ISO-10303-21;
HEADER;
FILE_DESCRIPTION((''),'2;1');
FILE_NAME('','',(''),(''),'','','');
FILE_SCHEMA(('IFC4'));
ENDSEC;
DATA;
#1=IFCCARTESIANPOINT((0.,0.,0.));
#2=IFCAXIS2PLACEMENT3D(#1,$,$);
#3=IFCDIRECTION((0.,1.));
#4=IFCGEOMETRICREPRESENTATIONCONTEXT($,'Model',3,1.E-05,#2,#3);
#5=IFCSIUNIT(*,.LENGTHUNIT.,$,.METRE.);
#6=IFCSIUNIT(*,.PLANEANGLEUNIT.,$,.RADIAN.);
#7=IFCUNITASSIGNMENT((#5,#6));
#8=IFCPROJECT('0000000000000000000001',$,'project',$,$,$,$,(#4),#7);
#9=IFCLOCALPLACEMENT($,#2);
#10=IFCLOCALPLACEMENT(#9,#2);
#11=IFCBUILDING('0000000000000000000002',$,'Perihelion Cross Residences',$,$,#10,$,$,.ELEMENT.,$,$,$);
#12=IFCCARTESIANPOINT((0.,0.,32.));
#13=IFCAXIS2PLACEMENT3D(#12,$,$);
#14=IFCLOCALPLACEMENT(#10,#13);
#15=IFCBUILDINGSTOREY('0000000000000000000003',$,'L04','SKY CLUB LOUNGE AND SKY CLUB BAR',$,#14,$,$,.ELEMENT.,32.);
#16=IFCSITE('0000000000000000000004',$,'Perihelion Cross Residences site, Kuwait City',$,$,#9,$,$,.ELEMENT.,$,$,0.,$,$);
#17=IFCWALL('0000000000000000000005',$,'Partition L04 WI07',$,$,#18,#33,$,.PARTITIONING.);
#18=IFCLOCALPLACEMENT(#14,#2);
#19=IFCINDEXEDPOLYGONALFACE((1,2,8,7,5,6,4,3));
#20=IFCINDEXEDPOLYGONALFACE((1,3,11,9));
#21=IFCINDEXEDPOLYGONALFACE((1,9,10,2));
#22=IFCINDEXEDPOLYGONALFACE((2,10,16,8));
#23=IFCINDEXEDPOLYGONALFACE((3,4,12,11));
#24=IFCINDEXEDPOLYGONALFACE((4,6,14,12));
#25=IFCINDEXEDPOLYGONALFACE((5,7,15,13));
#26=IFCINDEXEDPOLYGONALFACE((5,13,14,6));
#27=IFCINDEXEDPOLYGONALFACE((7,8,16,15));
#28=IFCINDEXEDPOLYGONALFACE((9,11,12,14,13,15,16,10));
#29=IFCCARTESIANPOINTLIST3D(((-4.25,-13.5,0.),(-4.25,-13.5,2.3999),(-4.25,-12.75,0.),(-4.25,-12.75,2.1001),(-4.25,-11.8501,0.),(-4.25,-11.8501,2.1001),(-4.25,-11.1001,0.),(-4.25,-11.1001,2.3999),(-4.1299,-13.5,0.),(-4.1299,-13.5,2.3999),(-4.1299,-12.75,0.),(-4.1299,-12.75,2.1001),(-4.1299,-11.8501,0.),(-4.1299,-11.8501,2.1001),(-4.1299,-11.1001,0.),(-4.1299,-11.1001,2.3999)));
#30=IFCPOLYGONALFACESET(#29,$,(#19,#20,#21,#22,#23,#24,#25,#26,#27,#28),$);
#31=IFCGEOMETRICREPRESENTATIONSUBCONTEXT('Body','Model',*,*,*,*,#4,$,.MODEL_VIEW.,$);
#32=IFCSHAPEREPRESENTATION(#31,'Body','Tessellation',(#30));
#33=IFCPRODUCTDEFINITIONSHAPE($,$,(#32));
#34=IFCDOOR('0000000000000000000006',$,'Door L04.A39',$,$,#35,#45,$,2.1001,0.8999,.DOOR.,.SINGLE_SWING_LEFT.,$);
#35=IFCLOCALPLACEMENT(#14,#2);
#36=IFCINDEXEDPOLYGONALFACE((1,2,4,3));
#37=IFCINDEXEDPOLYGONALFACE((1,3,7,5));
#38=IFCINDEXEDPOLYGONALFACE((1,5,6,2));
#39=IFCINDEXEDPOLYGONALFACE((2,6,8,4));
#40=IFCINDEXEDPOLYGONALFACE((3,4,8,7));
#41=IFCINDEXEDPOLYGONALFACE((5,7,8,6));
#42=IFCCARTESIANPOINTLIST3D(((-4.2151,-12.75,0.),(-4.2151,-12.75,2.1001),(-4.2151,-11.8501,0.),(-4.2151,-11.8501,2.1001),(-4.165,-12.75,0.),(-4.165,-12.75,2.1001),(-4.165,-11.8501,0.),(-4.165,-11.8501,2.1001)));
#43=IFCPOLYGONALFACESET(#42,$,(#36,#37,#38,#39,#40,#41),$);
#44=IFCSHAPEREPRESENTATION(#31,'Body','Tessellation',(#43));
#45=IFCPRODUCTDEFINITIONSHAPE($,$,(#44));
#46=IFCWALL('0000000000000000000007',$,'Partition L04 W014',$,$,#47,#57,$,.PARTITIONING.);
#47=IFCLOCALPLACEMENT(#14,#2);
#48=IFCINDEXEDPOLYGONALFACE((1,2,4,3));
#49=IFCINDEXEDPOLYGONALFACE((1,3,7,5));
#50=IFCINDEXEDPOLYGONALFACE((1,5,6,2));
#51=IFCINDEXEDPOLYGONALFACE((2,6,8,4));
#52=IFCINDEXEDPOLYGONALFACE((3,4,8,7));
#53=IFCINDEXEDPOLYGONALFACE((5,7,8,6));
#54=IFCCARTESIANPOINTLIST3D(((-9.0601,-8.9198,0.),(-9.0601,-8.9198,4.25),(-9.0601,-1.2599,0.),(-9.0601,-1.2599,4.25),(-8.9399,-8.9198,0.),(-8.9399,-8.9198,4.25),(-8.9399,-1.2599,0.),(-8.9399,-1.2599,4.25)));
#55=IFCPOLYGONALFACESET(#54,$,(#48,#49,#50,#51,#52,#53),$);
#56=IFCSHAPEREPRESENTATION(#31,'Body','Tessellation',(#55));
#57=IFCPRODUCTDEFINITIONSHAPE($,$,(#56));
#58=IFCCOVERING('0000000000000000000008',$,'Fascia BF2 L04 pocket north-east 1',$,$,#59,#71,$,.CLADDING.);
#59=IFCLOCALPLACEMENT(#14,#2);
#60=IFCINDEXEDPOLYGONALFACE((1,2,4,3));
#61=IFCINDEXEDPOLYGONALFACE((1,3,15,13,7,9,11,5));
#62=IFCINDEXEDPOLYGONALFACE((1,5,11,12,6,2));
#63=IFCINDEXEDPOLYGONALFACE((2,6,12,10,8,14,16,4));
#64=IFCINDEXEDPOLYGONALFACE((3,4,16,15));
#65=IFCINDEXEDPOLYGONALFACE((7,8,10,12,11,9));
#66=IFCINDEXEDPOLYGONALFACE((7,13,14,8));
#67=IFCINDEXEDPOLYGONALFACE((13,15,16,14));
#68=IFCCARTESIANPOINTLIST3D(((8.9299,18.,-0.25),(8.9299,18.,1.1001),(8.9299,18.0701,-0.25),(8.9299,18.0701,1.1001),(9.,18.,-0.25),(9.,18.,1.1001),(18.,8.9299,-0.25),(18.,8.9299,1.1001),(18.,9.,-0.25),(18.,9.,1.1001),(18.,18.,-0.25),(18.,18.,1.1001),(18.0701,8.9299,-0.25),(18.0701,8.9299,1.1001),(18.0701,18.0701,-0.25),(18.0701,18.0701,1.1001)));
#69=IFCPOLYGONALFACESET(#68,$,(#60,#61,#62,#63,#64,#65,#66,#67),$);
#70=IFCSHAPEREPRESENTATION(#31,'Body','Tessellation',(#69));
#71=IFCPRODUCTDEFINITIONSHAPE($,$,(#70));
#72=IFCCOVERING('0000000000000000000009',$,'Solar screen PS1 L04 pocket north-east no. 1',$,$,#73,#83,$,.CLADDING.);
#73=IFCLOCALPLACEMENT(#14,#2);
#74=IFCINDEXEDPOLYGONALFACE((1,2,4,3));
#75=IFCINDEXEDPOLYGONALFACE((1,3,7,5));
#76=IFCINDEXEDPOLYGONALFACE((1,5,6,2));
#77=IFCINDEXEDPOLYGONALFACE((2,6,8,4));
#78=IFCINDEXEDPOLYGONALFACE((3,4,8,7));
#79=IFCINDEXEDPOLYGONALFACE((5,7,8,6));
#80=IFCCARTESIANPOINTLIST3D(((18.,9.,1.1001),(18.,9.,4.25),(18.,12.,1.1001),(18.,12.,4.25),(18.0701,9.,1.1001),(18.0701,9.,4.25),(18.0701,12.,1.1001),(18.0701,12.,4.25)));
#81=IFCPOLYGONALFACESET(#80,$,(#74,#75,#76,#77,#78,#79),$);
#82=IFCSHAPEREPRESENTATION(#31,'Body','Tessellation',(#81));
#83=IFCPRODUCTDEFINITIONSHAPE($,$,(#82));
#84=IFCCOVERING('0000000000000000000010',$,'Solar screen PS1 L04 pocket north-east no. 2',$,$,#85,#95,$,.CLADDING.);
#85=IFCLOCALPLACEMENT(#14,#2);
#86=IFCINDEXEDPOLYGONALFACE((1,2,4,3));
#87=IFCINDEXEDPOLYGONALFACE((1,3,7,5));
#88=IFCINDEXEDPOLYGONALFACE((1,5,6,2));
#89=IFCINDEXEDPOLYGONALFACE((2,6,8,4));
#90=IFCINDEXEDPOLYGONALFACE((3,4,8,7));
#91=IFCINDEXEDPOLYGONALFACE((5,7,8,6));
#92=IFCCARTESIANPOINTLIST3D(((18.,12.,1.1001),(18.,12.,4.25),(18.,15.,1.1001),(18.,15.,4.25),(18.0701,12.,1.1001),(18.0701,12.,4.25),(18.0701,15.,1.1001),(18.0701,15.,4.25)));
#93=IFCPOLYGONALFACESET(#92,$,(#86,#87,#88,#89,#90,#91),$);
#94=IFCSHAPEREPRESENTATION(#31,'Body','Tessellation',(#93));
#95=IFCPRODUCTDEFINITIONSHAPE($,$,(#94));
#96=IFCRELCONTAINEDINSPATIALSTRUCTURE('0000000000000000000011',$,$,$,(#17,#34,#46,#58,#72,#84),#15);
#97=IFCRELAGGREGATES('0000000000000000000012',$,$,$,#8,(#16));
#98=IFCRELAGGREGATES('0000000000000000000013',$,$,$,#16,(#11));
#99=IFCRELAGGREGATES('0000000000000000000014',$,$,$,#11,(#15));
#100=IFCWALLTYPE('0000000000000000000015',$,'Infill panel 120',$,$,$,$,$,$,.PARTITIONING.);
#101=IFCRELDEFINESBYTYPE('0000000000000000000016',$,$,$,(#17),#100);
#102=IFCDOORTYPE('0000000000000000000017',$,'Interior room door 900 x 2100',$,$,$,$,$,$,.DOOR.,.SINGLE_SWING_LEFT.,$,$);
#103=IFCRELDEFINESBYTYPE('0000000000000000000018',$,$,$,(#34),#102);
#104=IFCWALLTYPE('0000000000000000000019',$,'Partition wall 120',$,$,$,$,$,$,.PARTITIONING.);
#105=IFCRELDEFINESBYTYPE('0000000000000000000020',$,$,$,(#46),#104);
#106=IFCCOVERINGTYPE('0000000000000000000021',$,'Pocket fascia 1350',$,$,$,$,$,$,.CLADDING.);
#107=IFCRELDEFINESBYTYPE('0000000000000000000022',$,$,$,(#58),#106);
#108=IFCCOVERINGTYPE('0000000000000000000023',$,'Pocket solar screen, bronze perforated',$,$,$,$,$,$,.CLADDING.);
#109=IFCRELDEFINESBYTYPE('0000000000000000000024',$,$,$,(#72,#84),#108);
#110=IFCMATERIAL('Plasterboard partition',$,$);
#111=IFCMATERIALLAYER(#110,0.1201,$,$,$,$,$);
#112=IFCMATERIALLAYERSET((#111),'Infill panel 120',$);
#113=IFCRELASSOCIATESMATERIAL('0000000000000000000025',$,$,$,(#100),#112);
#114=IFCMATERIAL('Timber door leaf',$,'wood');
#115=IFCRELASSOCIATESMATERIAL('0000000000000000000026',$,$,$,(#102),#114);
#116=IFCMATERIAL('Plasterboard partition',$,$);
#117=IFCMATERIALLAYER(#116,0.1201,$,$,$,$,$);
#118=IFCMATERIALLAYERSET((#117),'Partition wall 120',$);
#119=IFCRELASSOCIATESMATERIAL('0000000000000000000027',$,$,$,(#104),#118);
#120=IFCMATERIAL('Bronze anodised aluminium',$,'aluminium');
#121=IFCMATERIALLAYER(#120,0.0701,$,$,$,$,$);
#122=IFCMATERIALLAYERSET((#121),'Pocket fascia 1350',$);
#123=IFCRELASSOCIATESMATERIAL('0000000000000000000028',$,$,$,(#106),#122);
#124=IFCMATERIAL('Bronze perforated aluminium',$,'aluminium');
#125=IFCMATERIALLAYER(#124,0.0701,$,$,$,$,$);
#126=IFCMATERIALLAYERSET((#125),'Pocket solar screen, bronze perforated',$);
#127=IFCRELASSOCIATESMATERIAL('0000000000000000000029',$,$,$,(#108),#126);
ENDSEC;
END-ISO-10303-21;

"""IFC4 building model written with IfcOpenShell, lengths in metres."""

from ifc_helpers import new_model, si_unit, direction, frame, frame_2d, origin, place, context, subcontext, project, spatial, polyline, rectangle, outline, extrude, material, layer, layer_set, type_object, element, fill, save


model = new_model("IFC4")

# Units and contexts
model_context = context("Model", 3, precision=1e-05, world=origin(), true_north=direction((0.0, 1.0)))
body_context = subcontext(model_context, "Body", "Model", "MODEL_VIEW")
ifc_project = project(units=[si_unit("LENGTHUNIT", "METRE"), si_unit("PLANEANGLEUNIT", "RADIAN")], contexts=[model_context])

# Site, building, storey
site_placement = place(None, origin())
site = spatial("IfcSite", under=ifc_project, at=site_placement, Name="Perihelion Cross Residences site, Kuwait City", CompositionType="ELEMENT", RefElevation=0.0)
building_placement = place(site_placement, origin())
building = spatial("IfcBuilding", under=site, at=building_placement, Name="Perihelion Cross Residences", CompositionType="ELEMENT")
storey_placement = place(building_placement, frame((0.0, 0.0, 32.0)))
storey = spatial("IfcBuildingStorey", under=building, at=storey_placement, Name="L04", Description="SKY CLUB LOUNGE AND SKY CLUB BAR", CompositionType="ELEMENT", Elevation=32.0)

# Wall, opening, door
ifc_material_1 = material(Name="Plasterboard partition")
ifc_layer_1 = layer(ifc_material_1, 0.1201)
ifc_layer_set_1 = layer_set([ifc_layer_1], Name="Infill panel 120")
wall_type_1 = type_object("IfcWallType", Name="Infill panel 120", PredefinedType="PARTITIONING", material=ifc_layer_set_1)
wall_1_placement = place(storey_placement, frame((-4.1899, -11.1001, 0.0), z_axis=(0.0, 0.0, 1.0), x_axis=(0.0, -1.0, 0.0)))
wall_1 = element("IfcWall", 1, at=wall_1_placement, inside=storey, type_object=wall_type_1, Name="Partition L04 WI07", PredefinedType="PARTITIONING", context=body_context, shape_type="SweptSolid", body=[
    extrude(rectangle(XDim=2.3999, YDim=0.1201, at=frame_2d((1.2, 0.0))), origin(), (0.0, 0.0, 1.0), 2.3999),
])
opening_1_placement = place(wall_1_placement, frame((0.75, 0.0, 0.0)))
opening_1 = element("IfcOpeningElement", 2, at=opening_1_placement, cuts=wall_1, PredefinedType="OPENING", context=body_context, shape_type="SweptSolid", body=[
    extrude(rectangle(XDim=0.8999, YDim=2.1001, at=frame_2d((0.45, 1.05))), frame((0.0, 0.0701, 0.0), z_axis=(0.0, -1.0, 0.0), x_axis=(1.0, 0.0, 0.0)), (0.0, 0.0, 1.0), 0.1401),
])
ifc_material_2 = material(Name="Timber door leaf", Category="wood")
door_type_1 = type_object("IfcDoorType", Name="Interior room door 900 x 2100", OperationType="SINGLE_SWING_LEFT", PredefinedType="DOOR", material=ifc_material_2)
door_1_placement = place(opening_1_placement, origin())
door_1 = element("IfcDoor", 3, at=door_1_placement, inside=storey, type_object=door_type_1, Name="Door L04.A39", OperationType="SINGLE_SWING_LEFT", OverallHeight=2.1001, OverallWidth=0.8999, PredefinedType="DOOR", context=body_context, shape_type="SweptSolid", body=[
    extrude(rectangle(XDim=0.8999, YDim=2.1001, at=frame_2d((0.45, 1.05))), frame((0.0, 0.0249, 0.0), z_axis=(0.0, -1.0, 0.0), x_axis=(1.0, 0.0, 0.0)), (0.0, 0.0, 1.0), 0.05),
])
fill(opening_1, door_1)

# Wall
ifc_material_3 = material(Name="Plasterboard partition")
ifc_layer_2 = layer(ifc_material_3, 0.1201)
ifc_layer_set_2 = layer_set([ifc_layer_2], Name="Partition wall 120")
wall_type_2 = type_object("IfcWallType", Name="Partition wall 120", PredefinedType="PARTITIONING", material=ifc_layer_set_2)
wall_2_placement = place(storey_placement, frame((-9.0, -8.9199, 0.0), z_axis=(0.0, 0.0, 1.0), x_axis=(0.0, 1.0, 0.0)))
element("IfcWall", 4, at=wall_2_placement, inside=storey, type_object=wall_type_2, Name="Partition L04 W014", PredefinedType="PARTITIONING", context=body_context, shape_type="SweptSolid", body=[
    extrude(rectangle(XDim=7.6599, YDim=0.1201, at=frame_2d((3.8301, 0.0))), origin(), (0.0, 0.0, 1.0), 4.25),
])

# Coverings
ifc_material_4 = material(Name="Bronze anodised aluminium", Category="aluminium")
ifc_layer_3 = layer(ifc_material_4, 0.0701)
ifc_layer_set_3 = layer_set([ifc_layer_3], Name="Pocket fascia 1350")
covering_type_1 = type_object("IfcCoveringType", Name="Pocket fascia 1350", PredefinedType="CLADDING", material=ifc_layer_set_3)
covering_1_placement = place(storey_placement, frame((0.0, 0.0, -0.25)))
element("IfcCovering", 5, at=covering_1_placement, inside=storey, type_object=covering_type_1, Name="Fascia BF2 L04 pocket north-east 1", PredefinedType="CLADDING", context=body_context, shape_type="SweptSolid", body=[
    extrude(outline(polyline([(8.9299, 18.0), (9.0, 18.0), (9.0, 18.0), (18.0, 18.0), (18.0, 9.0), (18.0, 9.0), (18.0, 8.9299), (18.0701, 8.9299), (18.0701, 18.0701), (8.9299, 18.0701), (8.9299, 18.0)])), origin(), (0.0, 0.0, 1.0), 1.3501),
])
ifc_material_5 = material(Name="Bronze perforated aluminium", Category="aluminium")
ifc_layer_4 = layer(ifc_material_5, 0.0701)
ifc_layer_set_4 = layer_set([ifc_layer_4], Name="Pocket solar screen, bronze perforated")
covering_type_2 = type_object("IfcCoveringType", Name="Pocket solar screen, bronze perforated", PredefinedType="CLADDING", material=ifc_layer_set_4)
covering_2_placement = place(storey_placement, frame((0.0, 0.0, 1.1001)))
element("IfcCovering", 6, at=covering_2_placement, inside=storey, type_object=covering_type_2, Name="Solar screen PS1 L04 pocket north-east no. 1", PredefinedType="CLADDING", context=body_context, shape_type="SweptSolid", body=[
    extrude(outline(polyline([(18.0701, 9.0), (18.0701, 12.0), (18.0, 12.0), (18.0, 9.0), (18.0701, 9.0)])), origin(), (0.0, 0.0, 1.0), 3.1499),
])
covering_3_placement = place(storey_placement, frame((0.0, 0.0, 1.1001)))
element("IfcCovering", 7, at=covering_3_placement, inside=storey, type_object=covering_type_2, Name="Solar screen PS1 L04 pocket north-east no. 2", PredefinedType="CLADDING", context=body_context, shape_type="SweptSolid", body=[
    extrude(outline(polyline([(18.0701, 12.0), (18.0701, 15.0), (18.0, 15.0), (18.0, 12.0), (18.0701, 12.0)])), origin(), (0.0, 0.0, 1.0), 3.1499),
])

save(model, "model.ifc")
